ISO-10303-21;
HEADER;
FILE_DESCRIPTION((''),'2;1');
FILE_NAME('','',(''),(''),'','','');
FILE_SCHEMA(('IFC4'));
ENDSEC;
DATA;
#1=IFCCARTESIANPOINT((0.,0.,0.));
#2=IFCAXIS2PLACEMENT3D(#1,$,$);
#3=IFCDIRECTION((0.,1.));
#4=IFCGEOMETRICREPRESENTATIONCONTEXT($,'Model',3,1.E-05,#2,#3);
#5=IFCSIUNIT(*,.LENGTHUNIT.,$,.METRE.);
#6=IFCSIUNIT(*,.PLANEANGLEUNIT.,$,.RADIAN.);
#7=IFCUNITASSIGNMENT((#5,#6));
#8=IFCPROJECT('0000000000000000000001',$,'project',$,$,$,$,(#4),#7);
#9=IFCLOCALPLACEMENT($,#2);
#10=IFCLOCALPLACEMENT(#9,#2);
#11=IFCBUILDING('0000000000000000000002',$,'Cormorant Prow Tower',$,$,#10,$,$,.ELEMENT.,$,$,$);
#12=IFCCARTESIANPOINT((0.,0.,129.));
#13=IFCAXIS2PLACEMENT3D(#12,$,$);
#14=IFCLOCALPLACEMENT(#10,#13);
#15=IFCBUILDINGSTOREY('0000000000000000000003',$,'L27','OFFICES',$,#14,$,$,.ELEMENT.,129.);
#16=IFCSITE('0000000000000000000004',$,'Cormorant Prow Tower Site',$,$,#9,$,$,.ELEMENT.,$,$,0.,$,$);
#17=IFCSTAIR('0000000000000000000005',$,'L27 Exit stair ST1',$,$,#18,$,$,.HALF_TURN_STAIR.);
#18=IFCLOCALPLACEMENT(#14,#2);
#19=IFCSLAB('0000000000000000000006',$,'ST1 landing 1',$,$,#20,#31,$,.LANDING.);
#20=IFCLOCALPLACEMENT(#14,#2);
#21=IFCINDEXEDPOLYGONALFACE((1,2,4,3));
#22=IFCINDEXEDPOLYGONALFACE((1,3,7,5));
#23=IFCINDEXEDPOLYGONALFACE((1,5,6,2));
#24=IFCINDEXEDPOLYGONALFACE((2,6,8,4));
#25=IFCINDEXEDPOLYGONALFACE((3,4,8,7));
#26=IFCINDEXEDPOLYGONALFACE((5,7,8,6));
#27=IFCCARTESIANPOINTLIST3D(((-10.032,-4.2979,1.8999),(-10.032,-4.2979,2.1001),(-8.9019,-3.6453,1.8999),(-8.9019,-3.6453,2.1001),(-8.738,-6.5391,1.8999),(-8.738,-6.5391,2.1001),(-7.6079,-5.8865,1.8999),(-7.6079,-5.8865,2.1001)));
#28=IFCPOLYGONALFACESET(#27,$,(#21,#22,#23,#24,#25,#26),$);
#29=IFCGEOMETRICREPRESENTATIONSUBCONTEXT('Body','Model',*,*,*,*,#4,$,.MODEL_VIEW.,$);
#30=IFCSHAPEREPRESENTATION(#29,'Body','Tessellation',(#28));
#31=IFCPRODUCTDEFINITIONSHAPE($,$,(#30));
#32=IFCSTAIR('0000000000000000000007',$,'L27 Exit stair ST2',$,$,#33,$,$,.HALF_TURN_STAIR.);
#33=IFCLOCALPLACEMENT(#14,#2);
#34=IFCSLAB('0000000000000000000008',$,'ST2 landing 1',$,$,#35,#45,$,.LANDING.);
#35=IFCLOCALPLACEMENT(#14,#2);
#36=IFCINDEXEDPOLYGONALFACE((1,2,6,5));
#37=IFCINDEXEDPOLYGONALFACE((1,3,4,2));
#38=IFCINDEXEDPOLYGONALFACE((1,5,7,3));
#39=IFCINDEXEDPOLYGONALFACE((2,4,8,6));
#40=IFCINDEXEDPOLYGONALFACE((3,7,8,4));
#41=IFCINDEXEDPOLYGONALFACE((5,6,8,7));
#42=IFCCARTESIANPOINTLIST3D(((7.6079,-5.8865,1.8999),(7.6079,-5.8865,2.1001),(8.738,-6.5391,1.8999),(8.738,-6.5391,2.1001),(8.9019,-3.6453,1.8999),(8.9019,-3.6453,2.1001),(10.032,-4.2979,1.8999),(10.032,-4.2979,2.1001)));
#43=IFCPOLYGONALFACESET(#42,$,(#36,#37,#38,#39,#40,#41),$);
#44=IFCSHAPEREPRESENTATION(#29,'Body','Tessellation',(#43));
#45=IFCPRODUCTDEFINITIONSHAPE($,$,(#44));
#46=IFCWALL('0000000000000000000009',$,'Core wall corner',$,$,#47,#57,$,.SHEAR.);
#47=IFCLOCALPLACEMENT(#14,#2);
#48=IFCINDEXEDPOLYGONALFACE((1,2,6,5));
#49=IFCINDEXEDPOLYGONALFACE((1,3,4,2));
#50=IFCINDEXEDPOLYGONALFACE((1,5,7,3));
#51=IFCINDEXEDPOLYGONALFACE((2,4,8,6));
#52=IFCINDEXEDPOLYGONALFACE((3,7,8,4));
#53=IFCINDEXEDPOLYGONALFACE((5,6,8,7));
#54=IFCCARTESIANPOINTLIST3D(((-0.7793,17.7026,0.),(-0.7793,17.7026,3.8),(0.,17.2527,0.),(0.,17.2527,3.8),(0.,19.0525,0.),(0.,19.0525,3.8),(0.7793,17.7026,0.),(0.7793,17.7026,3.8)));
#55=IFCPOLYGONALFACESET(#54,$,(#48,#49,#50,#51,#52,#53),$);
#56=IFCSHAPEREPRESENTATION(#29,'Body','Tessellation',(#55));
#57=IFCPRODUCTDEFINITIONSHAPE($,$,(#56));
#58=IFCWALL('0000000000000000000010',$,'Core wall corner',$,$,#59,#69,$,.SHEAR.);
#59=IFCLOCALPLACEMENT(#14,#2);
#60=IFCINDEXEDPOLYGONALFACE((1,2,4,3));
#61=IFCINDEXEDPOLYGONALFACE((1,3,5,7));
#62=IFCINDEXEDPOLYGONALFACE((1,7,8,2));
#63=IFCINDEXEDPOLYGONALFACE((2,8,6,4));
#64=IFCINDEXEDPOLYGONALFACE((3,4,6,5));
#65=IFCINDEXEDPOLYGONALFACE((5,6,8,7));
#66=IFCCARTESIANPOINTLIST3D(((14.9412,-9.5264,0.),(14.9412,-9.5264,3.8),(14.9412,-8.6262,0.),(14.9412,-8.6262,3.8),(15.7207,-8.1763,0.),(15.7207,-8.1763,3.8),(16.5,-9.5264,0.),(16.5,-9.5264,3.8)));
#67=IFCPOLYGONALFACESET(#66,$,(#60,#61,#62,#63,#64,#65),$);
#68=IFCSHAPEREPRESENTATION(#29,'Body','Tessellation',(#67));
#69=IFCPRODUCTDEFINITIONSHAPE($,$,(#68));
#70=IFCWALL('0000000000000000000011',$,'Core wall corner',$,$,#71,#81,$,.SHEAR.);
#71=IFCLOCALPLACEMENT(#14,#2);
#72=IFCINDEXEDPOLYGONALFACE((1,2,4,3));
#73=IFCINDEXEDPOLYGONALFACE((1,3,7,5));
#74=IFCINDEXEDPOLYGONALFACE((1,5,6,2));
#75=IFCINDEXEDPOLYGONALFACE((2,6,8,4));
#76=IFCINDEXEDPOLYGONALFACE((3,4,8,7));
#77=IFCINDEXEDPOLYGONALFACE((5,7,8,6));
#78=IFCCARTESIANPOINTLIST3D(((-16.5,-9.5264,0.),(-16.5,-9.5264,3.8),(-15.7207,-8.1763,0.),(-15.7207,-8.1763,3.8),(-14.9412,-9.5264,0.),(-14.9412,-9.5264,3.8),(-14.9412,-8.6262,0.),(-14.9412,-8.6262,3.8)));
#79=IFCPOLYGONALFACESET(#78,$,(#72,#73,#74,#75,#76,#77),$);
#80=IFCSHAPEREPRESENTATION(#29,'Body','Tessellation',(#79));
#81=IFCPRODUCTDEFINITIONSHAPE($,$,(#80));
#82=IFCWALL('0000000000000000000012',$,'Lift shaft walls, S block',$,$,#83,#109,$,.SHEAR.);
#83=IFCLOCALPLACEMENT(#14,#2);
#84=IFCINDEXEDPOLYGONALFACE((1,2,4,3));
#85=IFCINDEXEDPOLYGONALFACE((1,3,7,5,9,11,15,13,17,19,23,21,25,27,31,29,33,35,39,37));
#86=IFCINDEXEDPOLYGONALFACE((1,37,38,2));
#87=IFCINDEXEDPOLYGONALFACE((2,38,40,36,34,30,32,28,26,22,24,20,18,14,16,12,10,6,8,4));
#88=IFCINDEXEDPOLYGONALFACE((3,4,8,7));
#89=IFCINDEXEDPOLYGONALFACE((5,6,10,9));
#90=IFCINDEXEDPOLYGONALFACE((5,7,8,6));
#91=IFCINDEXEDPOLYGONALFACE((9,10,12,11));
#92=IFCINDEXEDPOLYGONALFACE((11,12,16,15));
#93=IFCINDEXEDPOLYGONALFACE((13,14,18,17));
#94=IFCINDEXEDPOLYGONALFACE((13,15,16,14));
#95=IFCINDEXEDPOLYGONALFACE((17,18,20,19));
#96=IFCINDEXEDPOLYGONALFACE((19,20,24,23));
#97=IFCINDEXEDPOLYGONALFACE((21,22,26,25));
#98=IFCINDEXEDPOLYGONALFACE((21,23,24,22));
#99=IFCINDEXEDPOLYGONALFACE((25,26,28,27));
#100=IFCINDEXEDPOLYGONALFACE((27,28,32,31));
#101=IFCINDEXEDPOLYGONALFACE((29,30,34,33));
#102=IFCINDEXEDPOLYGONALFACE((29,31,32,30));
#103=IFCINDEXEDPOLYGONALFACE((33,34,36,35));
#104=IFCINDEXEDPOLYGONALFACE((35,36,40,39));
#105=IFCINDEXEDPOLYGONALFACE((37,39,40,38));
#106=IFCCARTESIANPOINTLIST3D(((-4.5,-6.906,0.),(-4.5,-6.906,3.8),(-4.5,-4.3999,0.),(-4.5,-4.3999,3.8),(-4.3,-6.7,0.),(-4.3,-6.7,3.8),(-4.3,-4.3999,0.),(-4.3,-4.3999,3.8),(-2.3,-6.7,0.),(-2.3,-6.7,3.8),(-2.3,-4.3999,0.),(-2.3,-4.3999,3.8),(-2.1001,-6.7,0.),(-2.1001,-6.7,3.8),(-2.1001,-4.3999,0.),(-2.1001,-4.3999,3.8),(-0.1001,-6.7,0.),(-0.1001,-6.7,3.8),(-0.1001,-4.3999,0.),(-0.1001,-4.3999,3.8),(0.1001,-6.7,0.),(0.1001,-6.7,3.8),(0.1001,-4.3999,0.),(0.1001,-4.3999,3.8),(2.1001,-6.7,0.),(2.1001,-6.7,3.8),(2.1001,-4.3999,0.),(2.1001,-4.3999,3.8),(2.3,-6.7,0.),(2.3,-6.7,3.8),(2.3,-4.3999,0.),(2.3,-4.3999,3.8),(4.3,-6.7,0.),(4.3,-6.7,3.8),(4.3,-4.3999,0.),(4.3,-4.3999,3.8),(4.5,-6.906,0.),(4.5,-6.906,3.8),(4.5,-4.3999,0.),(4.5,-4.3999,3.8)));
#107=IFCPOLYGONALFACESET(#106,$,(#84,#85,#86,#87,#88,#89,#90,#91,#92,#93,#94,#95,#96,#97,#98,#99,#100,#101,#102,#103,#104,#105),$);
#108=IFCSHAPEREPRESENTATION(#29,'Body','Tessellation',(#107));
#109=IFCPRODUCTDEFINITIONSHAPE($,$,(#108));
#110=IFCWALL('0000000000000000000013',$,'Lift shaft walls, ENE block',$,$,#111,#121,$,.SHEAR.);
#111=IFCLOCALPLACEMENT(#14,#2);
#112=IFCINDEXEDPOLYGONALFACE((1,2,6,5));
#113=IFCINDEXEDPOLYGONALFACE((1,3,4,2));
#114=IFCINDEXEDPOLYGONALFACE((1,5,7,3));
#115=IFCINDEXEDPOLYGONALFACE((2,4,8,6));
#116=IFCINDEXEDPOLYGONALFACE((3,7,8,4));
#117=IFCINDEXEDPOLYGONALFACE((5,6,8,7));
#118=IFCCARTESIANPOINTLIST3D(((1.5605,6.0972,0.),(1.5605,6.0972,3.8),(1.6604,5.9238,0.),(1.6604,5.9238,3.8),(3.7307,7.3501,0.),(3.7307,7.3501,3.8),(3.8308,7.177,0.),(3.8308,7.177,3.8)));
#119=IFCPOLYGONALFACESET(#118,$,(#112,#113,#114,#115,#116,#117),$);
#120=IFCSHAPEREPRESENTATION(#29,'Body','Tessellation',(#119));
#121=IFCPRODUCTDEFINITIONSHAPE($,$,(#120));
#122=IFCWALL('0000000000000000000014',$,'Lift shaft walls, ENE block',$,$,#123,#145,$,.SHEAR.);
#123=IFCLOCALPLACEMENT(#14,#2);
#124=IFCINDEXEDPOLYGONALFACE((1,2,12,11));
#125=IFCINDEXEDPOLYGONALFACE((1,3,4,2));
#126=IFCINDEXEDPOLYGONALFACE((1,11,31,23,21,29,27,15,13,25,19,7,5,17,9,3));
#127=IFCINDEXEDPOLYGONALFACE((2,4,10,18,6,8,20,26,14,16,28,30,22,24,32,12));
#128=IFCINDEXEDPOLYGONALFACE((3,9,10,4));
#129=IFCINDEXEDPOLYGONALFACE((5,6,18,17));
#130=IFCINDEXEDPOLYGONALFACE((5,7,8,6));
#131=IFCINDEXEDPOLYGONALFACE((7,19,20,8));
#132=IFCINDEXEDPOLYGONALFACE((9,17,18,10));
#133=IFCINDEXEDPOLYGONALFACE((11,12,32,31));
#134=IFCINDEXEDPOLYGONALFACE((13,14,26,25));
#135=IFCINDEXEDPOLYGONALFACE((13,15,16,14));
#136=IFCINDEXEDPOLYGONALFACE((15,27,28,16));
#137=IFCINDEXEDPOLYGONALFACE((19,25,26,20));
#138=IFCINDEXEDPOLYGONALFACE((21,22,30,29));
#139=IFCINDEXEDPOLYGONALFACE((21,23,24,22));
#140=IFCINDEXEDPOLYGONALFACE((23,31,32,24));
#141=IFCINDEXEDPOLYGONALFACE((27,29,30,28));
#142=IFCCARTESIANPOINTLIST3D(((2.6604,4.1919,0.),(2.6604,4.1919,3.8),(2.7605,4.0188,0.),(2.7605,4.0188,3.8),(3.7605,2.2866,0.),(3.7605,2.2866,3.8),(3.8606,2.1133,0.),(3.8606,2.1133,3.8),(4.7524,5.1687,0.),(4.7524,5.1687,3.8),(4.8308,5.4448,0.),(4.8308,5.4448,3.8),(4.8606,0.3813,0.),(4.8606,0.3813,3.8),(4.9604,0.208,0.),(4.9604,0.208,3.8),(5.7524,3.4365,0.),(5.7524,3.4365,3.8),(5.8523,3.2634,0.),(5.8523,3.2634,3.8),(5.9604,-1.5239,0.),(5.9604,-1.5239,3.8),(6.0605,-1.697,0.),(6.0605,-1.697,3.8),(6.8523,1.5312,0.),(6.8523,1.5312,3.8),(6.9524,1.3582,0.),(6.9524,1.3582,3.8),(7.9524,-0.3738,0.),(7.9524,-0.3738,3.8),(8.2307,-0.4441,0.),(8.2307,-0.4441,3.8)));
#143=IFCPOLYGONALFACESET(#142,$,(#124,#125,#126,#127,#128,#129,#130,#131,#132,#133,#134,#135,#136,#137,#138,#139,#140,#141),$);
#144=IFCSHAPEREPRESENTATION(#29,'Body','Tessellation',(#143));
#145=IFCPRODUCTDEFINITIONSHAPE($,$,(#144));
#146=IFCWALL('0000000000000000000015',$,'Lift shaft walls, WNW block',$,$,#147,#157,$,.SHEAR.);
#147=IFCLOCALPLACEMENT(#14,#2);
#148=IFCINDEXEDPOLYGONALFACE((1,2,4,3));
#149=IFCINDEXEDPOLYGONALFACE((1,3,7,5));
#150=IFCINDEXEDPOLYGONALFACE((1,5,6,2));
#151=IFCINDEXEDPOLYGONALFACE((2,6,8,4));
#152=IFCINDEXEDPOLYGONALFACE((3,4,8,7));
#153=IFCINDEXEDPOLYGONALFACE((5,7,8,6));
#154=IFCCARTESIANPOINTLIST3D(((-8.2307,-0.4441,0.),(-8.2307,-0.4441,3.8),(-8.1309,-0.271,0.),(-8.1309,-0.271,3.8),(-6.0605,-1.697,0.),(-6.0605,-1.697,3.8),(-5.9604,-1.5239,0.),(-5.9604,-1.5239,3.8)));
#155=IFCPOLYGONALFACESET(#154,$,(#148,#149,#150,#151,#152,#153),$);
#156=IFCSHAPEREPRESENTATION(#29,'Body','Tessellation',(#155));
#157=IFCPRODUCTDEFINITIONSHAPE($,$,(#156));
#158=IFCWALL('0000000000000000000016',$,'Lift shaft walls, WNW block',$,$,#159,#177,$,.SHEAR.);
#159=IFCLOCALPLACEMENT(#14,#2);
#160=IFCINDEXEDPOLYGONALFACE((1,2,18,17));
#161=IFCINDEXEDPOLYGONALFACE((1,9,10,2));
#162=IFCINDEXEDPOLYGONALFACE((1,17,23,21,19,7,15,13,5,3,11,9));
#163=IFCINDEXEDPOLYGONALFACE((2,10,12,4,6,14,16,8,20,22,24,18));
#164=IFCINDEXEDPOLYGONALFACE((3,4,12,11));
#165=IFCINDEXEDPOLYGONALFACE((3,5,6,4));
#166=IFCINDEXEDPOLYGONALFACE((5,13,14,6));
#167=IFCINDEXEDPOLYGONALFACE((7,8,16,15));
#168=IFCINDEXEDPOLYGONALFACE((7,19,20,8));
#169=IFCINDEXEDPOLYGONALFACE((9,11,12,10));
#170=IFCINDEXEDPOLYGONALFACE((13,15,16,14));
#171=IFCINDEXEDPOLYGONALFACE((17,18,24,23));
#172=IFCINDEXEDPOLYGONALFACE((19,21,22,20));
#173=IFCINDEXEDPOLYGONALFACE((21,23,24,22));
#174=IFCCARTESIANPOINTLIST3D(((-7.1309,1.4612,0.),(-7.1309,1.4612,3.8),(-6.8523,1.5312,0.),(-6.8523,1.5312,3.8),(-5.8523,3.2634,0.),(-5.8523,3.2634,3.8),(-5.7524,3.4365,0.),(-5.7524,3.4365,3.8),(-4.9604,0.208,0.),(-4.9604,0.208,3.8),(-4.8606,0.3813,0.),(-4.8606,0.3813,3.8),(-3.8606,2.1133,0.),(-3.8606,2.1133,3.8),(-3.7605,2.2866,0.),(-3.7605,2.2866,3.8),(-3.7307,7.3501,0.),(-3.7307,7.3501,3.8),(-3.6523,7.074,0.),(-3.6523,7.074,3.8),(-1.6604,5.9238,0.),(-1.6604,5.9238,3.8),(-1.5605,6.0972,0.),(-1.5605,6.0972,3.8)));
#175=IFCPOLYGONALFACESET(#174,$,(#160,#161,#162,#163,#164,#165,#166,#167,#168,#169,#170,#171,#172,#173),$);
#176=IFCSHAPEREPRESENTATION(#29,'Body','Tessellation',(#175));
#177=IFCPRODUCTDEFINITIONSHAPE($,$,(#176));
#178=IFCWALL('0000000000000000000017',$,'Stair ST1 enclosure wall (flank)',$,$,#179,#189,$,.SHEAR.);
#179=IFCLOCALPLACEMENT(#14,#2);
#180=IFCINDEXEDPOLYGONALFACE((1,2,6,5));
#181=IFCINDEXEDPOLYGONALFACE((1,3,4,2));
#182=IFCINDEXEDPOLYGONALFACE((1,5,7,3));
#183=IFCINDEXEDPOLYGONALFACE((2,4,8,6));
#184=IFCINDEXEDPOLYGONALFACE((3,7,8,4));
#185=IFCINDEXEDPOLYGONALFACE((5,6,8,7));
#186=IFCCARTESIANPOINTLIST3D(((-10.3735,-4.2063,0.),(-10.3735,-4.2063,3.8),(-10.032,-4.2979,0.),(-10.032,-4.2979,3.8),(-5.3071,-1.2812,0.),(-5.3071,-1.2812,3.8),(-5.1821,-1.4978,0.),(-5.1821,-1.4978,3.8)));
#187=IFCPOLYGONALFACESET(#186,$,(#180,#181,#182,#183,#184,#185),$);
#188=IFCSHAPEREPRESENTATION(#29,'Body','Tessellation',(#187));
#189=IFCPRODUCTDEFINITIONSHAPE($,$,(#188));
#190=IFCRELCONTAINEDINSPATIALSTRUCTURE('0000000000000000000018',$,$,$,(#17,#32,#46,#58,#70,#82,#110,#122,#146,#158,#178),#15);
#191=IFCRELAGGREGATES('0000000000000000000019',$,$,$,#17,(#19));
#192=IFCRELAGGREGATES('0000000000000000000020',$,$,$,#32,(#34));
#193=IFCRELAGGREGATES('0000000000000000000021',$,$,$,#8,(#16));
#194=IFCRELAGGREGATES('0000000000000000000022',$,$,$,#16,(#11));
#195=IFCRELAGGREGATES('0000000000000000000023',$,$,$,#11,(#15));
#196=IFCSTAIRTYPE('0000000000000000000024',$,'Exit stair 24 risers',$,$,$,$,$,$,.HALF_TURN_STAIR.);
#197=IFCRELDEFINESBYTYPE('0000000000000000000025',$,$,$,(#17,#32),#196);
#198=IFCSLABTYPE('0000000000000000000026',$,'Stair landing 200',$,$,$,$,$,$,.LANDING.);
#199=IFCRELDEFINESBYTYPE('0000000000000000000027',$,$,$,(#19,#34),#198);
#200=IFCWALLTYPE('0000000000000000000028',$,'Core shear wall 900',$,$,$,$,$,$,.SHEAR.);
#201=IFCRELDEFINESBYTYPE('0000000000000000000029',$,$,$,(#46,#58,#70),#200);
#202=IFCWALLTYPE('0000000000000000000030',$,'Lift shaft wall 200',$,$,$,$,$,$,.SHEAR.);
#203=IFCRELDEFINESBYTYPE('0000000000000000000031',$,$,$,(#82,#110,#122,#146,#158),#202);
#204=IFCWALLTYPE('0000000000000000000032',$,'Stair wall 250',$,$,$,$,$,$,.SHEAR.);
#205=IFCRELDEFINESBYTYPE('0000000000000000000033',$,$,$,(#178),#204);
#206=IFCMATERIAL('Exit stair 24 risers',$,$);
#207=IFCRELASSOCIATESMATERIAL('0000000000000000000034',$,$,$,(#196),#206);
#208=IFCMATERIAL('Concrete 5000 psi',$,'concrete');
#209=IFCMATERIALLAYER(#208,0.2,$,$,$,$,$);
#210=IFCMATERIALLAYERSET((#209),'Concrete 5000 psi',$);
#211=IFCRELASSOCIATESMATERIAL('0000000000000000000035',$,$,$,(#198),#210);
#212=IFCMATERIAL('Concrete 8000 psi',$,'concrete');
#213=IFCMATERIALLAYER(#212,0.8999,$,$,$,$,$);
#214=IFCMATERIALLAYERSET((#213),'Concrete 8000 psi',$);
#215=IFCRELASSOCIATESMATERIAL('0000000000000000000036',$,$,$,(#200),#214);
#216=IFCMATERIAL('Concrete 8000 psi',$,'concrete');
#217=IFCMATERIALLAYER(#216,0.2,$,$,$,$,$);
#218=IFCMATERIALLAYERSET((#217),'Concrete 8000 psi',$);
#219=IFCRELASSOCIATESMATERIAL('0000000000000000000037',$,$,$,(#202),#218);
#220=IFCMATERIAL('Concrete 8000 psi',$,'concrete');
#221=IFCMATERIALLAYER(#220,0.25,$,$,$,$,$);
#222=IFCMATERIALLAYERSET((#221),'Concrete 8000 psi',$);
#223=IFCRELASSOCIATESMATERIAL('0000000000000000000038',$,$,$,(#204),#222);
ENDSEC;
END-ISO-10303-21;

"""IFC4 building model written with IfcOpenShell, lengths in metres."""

from ifc_helpers import new_model, si_unit, direction, frame, origin, place, context, subcontext, project, spatial, polyline, outline, extrude, material, layer, layer_set, type_object, element, aggregate, save


model = new_model("IFC4")

# Units and contexts
model_context = context("Model", 3, precision=1e-05, world=origin(), true_north=direction((0.0, 1.0)))
body_context = subcontext(model_context, "Body", "Model", "MODEL_VIEW")
ifc_project = project(units=[si_unit("LENGTHUNIT", "METRE"), si_unit("PLANEANGLEUNIT", "RADIAN")], contexts=[model_context])

# Site, building, storey
site_placement = place(None, origin())
site = spatial("IfcSite", under=ifc_project, at=site_placement, Name="Cormorant Prow Tower Site", CompositionType="ELEMENT", RefElevation=0.0)
building_placement = place(site_placement, origin())
building = spatial("IfcBuilding", under=site, at=building_placement, Name="Cormorant Prow Tower", CompositionType="ELEMENT")
storey_placement = place(building_placement, frame((0.0, 0.0, 129.0)))
storey = spatial("IfcBuildingStorey", under=building, at=storey_placement, Name="L27", Description="OFFICES", CompositionType="ELEMENT", Elevation=129.0)

# Stairs, slabs
ifc_material_1 = material(Name="Exit stair 24 risers")
stair_type = type_object("IfcStairType", Name="Exit stair 24 risers", PredefinedType="HALF_TURN_STAIR", material=ifc_material_1)
stair_1_placement = place(storey_placement, origin())
stair_1 = element("IfcStair", 1, at=stair_1_placement, inside=storey, type_object=stair_type, Name="L27 Exit stair ST1", PredefinedType="HALF_TURN_STAIR")
ifc_material_2 = material(Name="Concrete 5000 psi", Category="concrete")
ifc_layer_1 = layer(ifc_material_2, 0.2)
ifc_layer_set_1 = layer_set([ifc_layer_1], Name="Concrete 5000 psi")
slab_type = type_object("IfcSlabType", Name="Stair landing 200", PredefinedType="LANDING", material=ifc_layer_set_1)
slab_1_placement = place(storey_placement, frame((0.0, 0.0, 1.8999)))
slab_1 = element("IfcSlab", 2, at=slab_1_placement, type_object=slab_type, Name="ST1 landing 1", PredefinedType="LANDING", context=body_context, shape_type="SweptSolid", body=[
    extrude(outline(polyline([(-8.9019, -3.6453), (-10.032, -4.2979), (-8.738, -6.5391), (-7.6079, -5.8865), (-8.9019, -3.6453)])), origin(), (0.0, 0.0, 1.0), 0.2002),
])
aggregate(stair_1, [slab_1])
stair_2_placement = place(storey_placement, origin())
stair_2 = element("IfcStair", 3, at=stair_2_placement, inside=storey, type_object=stair_type, Name="L27 Exit stair ST2", PredefinedType="HALF_TURN_STAIR")
slab_2_placement = place(storey_placement, frame((0.0, 0.0, 1.8999)))
slab_2 = element("IfcSlab", 4, at=slab_2_placement, type_object=slab_type, Name="ST2 landing 1", PredefinedType="LANDING", context=body_context, shape_type="SweptSolid", body=[
    extrude(outline(polyline([(7.6079, -5.8865), (8.738, -6.5391), (10.032, -4.2979), (8.9019, -3.6453), (7.6079, -5.8865)])), origin(), (0.0, 0.0, 1.0), 0.2002),
])
aggregate(stair_2, [slab_2])

# Walls
ifc_material_3 = material(Name="Concrete 8000 psi", Category="concrete")
ifc_layer_2 = layer(ifc_material_3, 0.8999)
ifc_layer_set_2 = layer_set([ifc_layer_2], Name="Concrete 8000 psi")
wall_type_1 = type_object("IfcWallType", Name="Core shear wall 900", PredefinedType="SHEAR", material=ifc_layer_set_2)
wall_1_placement = place(storey_placement, origin())
element("IfcWall", 5, at=wall_1_placement, inside=storey, type_object=wall_type_1, Name="Core wall corner", PredefinedType="SHEAR", context=body_context, shape_type="SweptSolid", body=[
    extrude(outline(polyline([(-0.7793, 17.7026), (0.0, 19.0525), (0.7793, 17.7026), (0.0, 17.2527), (-0.7793, 17.7026)])), origin(), (0.0, 0.0, 1.0), 3.8),
])
wall_2_placement = place(storey_placement, origin())
element("IfcWall", 6, at=wall_2_placement, inside=storey, type_object=wall_type_1, Name="Core wall corner", PredefinedType="SHEAR", context=body_context, shape_type="SweptSolid", body=[
    extrude(outline(polyline([(14.9412, -8.6262), (15.7207, -8.1763), (16.5, -9.5264), (14.9412, -9.5264), (14.9412, -8.6262)])), origin(), (0.0, 0.0, 1.0), 3.8),
])
wall_3_placement = place(storey_placement, origin())
element("IfcWall", 7, at=wall_3_placement, inside=storey, type_object=wall_type_1, Name="Core wall corner", PredefinedType="SHEAR", context=body_context, shape_type="SweptSolid", body=[
    extrude(outline(polyline([(-14.9412, -8.6262), (-14.9412, -9.5264), (-16.5, -9.5264), (-15.7207, -8.1763), (-14.9412, -8.6262)])), origin(), (0.0, 0.0, 1.0), 3.8),
])
ifc_material_4 = material(Name="Concrete 8000 psi", Category="concrete")
ifc_layer_3 = layer(ifc_material_4, 0.2)
ifc_layer_set_3 = layer_set([ifc_layer_3], Name="Concrete 8000 psi")
wall_type_2 = type_object("IfcWallType", Name="Lift shaft wall 200", PredefinedType="SHEAR", material=ifc_layer_set_3)
wall_4_placement = place(storey_placement, origin())
element("IfcWall", 8, at=wall_4_placement, inside=storey, type_object=wall_type_2, Name="Lift shaft walls, S block", PredefinedType="SHEAR", context=body_context, shape_type="SweptSolid", body=[
    extrude(outline(polyline([(4.5, -4.3999), (4.5, -6.906), (-4.5, -6.906), (-4.5, -4.3999), (-4.3, -4.3999), (-4.3, -6.7), (-2.3, -6.7), (-2.3, -4.3999), (-2.1001, -4.3999), (-2.1001, -6.7), (-0.1001, -6.7), (-0.1001, -4.3999), (0.1001, -4.3999), (0.1001, -6.7), (2.1001, -6.7), (2.1001, -4.3999), (2.3, -4.3999), (2.3, -6.7), (4.3, -6.7), (4.3, -4.3999), (4.5, -4.3999)])), origin(), (0.0, 0.0, 1.0), 3.8),
])
wall_5_placement = place(storey_placement, origin())
element("IfcWall", 9, at=wall_5_placement, inside=storey, type_object=wall_type_2, Name="Lift shaft walls, ENE block", PredefinedType="SHEAR", context=body_context, shape_type="SweptSolid", body=[
    extrude(outline(polyline([(1.5605, 6.0972), (3.7307, 7.3501), (3.8308, 7.177), (1.6604, 5.9238), (1.5605, 6.0972)])), origin(), (0.0, 0.0, 1.0), 3.8),
])
wall_6_placement = place(storey_placement, origin())
element("IfcWall", 10, at=wall_6_placement, inside=storey, type_object=wall_type_2, Name="Lift shaft walls, ENE block", PredefinedType="SHEAR", context=body_context, shape_type="SweptSolid", body=[
    extrude(outline(polyline([(2.6604, 4.1919), (4.8308, 5.4448), (8.2307, -0.4441), (6.0605, -1.697), (5.9604, -1.5239), (7.9524, -0.3738), (6.9524, 1.3582), (4.9604, 0.208), (4.8606, 0.3813), (6.8523, 1.5312), (5.8523, 3.2634), (3.8606, 2.1133), (3.7605, 2.2866), (5.7524, 3.4365), (4.7524, 5.1687), (2.7605, 4.0188), (2.6604, 4.1919)])), origin(), (0.0, 0.0, 1.0), 3.8),
])
wall_7_placement = place(storey_placement, origin())
element("IfcWall", 11, at=wall_7_placement, inside=storey, type_object=wall_type_2, Name="Lift shaft walls, WNW block", PredefinedType="SHEAR", context=body_context, shape_type="SweptSolid", body=[
    extrude(outline(polyline([(-6.0605, -1.697), (-8.2307, -0.4441), (-8.1309, -0.271), (-5.9604, -1.5239), (-6.0605, -1.697)])), origin(), (0.0, 0.0, 1.0), 3.8),
])
wall_8_placement = place(storey_placement, origin())
element("IfcWall", 12, at=wall_8_placement, inside=storey, type_object=wall_type_2, Name="Lift shaft walls, WNW block", PredefinedType="SHEAR", context=body_context, shape_type="SweptSolid", body=[
    extrude(outline(polyline([(-4.9604, 0.208), (-7.1309, 1.4612), (-3.7307, 7.3501), (-1.5605, 6.0972), (-1.6604, 5.9238), (-3.6523, 7.074), (-5.7524, 3.4365), (-3.7605, 2.2866), (-3.8606, 2.1133), (-5.8523, 3.2634), (-6.8523, 1.5312), (-4.8606, 0.3813), (-4.9604, 0.208)])), origin(), (0.0, 0.0, 1.0), 3.8),
])
ifc_material_5 = material(Name="Concrete 8000 psi", Category="concrete")
ifc_layer_4 = layer(ifc_material_5, 0.25)
ifc_layer_set_4 = layer_set([ifc_layer_4], Name="Concrete 8000 psi")
wall_type_3 = type_object("IfcWallType", Name="Stair wall 250", PredefinedType="SHEAR", material=ifc_layer_set_4)
wall_9_placement = place(storey_placement, origin())
element("IfcWall", 13, at=wall_9_placement, inside=storey, type_object=wall_type_3, Name="Stair ST1 enclosure wall (flank)", PredefinedType="SHEAR", context=body_context, shape_type="SweptSolid", body=[
    extrude(outline(polyline([(-5.3071, -1.2812), (-10.3735, -4.2063), (-10.032, -4.2979), (-5.1821, -1.4978), (-5.3071, -1.2812)])), origin(), (0.0, 0.0, 1.0), 3.8),
])

save(model, "model.ifc")
